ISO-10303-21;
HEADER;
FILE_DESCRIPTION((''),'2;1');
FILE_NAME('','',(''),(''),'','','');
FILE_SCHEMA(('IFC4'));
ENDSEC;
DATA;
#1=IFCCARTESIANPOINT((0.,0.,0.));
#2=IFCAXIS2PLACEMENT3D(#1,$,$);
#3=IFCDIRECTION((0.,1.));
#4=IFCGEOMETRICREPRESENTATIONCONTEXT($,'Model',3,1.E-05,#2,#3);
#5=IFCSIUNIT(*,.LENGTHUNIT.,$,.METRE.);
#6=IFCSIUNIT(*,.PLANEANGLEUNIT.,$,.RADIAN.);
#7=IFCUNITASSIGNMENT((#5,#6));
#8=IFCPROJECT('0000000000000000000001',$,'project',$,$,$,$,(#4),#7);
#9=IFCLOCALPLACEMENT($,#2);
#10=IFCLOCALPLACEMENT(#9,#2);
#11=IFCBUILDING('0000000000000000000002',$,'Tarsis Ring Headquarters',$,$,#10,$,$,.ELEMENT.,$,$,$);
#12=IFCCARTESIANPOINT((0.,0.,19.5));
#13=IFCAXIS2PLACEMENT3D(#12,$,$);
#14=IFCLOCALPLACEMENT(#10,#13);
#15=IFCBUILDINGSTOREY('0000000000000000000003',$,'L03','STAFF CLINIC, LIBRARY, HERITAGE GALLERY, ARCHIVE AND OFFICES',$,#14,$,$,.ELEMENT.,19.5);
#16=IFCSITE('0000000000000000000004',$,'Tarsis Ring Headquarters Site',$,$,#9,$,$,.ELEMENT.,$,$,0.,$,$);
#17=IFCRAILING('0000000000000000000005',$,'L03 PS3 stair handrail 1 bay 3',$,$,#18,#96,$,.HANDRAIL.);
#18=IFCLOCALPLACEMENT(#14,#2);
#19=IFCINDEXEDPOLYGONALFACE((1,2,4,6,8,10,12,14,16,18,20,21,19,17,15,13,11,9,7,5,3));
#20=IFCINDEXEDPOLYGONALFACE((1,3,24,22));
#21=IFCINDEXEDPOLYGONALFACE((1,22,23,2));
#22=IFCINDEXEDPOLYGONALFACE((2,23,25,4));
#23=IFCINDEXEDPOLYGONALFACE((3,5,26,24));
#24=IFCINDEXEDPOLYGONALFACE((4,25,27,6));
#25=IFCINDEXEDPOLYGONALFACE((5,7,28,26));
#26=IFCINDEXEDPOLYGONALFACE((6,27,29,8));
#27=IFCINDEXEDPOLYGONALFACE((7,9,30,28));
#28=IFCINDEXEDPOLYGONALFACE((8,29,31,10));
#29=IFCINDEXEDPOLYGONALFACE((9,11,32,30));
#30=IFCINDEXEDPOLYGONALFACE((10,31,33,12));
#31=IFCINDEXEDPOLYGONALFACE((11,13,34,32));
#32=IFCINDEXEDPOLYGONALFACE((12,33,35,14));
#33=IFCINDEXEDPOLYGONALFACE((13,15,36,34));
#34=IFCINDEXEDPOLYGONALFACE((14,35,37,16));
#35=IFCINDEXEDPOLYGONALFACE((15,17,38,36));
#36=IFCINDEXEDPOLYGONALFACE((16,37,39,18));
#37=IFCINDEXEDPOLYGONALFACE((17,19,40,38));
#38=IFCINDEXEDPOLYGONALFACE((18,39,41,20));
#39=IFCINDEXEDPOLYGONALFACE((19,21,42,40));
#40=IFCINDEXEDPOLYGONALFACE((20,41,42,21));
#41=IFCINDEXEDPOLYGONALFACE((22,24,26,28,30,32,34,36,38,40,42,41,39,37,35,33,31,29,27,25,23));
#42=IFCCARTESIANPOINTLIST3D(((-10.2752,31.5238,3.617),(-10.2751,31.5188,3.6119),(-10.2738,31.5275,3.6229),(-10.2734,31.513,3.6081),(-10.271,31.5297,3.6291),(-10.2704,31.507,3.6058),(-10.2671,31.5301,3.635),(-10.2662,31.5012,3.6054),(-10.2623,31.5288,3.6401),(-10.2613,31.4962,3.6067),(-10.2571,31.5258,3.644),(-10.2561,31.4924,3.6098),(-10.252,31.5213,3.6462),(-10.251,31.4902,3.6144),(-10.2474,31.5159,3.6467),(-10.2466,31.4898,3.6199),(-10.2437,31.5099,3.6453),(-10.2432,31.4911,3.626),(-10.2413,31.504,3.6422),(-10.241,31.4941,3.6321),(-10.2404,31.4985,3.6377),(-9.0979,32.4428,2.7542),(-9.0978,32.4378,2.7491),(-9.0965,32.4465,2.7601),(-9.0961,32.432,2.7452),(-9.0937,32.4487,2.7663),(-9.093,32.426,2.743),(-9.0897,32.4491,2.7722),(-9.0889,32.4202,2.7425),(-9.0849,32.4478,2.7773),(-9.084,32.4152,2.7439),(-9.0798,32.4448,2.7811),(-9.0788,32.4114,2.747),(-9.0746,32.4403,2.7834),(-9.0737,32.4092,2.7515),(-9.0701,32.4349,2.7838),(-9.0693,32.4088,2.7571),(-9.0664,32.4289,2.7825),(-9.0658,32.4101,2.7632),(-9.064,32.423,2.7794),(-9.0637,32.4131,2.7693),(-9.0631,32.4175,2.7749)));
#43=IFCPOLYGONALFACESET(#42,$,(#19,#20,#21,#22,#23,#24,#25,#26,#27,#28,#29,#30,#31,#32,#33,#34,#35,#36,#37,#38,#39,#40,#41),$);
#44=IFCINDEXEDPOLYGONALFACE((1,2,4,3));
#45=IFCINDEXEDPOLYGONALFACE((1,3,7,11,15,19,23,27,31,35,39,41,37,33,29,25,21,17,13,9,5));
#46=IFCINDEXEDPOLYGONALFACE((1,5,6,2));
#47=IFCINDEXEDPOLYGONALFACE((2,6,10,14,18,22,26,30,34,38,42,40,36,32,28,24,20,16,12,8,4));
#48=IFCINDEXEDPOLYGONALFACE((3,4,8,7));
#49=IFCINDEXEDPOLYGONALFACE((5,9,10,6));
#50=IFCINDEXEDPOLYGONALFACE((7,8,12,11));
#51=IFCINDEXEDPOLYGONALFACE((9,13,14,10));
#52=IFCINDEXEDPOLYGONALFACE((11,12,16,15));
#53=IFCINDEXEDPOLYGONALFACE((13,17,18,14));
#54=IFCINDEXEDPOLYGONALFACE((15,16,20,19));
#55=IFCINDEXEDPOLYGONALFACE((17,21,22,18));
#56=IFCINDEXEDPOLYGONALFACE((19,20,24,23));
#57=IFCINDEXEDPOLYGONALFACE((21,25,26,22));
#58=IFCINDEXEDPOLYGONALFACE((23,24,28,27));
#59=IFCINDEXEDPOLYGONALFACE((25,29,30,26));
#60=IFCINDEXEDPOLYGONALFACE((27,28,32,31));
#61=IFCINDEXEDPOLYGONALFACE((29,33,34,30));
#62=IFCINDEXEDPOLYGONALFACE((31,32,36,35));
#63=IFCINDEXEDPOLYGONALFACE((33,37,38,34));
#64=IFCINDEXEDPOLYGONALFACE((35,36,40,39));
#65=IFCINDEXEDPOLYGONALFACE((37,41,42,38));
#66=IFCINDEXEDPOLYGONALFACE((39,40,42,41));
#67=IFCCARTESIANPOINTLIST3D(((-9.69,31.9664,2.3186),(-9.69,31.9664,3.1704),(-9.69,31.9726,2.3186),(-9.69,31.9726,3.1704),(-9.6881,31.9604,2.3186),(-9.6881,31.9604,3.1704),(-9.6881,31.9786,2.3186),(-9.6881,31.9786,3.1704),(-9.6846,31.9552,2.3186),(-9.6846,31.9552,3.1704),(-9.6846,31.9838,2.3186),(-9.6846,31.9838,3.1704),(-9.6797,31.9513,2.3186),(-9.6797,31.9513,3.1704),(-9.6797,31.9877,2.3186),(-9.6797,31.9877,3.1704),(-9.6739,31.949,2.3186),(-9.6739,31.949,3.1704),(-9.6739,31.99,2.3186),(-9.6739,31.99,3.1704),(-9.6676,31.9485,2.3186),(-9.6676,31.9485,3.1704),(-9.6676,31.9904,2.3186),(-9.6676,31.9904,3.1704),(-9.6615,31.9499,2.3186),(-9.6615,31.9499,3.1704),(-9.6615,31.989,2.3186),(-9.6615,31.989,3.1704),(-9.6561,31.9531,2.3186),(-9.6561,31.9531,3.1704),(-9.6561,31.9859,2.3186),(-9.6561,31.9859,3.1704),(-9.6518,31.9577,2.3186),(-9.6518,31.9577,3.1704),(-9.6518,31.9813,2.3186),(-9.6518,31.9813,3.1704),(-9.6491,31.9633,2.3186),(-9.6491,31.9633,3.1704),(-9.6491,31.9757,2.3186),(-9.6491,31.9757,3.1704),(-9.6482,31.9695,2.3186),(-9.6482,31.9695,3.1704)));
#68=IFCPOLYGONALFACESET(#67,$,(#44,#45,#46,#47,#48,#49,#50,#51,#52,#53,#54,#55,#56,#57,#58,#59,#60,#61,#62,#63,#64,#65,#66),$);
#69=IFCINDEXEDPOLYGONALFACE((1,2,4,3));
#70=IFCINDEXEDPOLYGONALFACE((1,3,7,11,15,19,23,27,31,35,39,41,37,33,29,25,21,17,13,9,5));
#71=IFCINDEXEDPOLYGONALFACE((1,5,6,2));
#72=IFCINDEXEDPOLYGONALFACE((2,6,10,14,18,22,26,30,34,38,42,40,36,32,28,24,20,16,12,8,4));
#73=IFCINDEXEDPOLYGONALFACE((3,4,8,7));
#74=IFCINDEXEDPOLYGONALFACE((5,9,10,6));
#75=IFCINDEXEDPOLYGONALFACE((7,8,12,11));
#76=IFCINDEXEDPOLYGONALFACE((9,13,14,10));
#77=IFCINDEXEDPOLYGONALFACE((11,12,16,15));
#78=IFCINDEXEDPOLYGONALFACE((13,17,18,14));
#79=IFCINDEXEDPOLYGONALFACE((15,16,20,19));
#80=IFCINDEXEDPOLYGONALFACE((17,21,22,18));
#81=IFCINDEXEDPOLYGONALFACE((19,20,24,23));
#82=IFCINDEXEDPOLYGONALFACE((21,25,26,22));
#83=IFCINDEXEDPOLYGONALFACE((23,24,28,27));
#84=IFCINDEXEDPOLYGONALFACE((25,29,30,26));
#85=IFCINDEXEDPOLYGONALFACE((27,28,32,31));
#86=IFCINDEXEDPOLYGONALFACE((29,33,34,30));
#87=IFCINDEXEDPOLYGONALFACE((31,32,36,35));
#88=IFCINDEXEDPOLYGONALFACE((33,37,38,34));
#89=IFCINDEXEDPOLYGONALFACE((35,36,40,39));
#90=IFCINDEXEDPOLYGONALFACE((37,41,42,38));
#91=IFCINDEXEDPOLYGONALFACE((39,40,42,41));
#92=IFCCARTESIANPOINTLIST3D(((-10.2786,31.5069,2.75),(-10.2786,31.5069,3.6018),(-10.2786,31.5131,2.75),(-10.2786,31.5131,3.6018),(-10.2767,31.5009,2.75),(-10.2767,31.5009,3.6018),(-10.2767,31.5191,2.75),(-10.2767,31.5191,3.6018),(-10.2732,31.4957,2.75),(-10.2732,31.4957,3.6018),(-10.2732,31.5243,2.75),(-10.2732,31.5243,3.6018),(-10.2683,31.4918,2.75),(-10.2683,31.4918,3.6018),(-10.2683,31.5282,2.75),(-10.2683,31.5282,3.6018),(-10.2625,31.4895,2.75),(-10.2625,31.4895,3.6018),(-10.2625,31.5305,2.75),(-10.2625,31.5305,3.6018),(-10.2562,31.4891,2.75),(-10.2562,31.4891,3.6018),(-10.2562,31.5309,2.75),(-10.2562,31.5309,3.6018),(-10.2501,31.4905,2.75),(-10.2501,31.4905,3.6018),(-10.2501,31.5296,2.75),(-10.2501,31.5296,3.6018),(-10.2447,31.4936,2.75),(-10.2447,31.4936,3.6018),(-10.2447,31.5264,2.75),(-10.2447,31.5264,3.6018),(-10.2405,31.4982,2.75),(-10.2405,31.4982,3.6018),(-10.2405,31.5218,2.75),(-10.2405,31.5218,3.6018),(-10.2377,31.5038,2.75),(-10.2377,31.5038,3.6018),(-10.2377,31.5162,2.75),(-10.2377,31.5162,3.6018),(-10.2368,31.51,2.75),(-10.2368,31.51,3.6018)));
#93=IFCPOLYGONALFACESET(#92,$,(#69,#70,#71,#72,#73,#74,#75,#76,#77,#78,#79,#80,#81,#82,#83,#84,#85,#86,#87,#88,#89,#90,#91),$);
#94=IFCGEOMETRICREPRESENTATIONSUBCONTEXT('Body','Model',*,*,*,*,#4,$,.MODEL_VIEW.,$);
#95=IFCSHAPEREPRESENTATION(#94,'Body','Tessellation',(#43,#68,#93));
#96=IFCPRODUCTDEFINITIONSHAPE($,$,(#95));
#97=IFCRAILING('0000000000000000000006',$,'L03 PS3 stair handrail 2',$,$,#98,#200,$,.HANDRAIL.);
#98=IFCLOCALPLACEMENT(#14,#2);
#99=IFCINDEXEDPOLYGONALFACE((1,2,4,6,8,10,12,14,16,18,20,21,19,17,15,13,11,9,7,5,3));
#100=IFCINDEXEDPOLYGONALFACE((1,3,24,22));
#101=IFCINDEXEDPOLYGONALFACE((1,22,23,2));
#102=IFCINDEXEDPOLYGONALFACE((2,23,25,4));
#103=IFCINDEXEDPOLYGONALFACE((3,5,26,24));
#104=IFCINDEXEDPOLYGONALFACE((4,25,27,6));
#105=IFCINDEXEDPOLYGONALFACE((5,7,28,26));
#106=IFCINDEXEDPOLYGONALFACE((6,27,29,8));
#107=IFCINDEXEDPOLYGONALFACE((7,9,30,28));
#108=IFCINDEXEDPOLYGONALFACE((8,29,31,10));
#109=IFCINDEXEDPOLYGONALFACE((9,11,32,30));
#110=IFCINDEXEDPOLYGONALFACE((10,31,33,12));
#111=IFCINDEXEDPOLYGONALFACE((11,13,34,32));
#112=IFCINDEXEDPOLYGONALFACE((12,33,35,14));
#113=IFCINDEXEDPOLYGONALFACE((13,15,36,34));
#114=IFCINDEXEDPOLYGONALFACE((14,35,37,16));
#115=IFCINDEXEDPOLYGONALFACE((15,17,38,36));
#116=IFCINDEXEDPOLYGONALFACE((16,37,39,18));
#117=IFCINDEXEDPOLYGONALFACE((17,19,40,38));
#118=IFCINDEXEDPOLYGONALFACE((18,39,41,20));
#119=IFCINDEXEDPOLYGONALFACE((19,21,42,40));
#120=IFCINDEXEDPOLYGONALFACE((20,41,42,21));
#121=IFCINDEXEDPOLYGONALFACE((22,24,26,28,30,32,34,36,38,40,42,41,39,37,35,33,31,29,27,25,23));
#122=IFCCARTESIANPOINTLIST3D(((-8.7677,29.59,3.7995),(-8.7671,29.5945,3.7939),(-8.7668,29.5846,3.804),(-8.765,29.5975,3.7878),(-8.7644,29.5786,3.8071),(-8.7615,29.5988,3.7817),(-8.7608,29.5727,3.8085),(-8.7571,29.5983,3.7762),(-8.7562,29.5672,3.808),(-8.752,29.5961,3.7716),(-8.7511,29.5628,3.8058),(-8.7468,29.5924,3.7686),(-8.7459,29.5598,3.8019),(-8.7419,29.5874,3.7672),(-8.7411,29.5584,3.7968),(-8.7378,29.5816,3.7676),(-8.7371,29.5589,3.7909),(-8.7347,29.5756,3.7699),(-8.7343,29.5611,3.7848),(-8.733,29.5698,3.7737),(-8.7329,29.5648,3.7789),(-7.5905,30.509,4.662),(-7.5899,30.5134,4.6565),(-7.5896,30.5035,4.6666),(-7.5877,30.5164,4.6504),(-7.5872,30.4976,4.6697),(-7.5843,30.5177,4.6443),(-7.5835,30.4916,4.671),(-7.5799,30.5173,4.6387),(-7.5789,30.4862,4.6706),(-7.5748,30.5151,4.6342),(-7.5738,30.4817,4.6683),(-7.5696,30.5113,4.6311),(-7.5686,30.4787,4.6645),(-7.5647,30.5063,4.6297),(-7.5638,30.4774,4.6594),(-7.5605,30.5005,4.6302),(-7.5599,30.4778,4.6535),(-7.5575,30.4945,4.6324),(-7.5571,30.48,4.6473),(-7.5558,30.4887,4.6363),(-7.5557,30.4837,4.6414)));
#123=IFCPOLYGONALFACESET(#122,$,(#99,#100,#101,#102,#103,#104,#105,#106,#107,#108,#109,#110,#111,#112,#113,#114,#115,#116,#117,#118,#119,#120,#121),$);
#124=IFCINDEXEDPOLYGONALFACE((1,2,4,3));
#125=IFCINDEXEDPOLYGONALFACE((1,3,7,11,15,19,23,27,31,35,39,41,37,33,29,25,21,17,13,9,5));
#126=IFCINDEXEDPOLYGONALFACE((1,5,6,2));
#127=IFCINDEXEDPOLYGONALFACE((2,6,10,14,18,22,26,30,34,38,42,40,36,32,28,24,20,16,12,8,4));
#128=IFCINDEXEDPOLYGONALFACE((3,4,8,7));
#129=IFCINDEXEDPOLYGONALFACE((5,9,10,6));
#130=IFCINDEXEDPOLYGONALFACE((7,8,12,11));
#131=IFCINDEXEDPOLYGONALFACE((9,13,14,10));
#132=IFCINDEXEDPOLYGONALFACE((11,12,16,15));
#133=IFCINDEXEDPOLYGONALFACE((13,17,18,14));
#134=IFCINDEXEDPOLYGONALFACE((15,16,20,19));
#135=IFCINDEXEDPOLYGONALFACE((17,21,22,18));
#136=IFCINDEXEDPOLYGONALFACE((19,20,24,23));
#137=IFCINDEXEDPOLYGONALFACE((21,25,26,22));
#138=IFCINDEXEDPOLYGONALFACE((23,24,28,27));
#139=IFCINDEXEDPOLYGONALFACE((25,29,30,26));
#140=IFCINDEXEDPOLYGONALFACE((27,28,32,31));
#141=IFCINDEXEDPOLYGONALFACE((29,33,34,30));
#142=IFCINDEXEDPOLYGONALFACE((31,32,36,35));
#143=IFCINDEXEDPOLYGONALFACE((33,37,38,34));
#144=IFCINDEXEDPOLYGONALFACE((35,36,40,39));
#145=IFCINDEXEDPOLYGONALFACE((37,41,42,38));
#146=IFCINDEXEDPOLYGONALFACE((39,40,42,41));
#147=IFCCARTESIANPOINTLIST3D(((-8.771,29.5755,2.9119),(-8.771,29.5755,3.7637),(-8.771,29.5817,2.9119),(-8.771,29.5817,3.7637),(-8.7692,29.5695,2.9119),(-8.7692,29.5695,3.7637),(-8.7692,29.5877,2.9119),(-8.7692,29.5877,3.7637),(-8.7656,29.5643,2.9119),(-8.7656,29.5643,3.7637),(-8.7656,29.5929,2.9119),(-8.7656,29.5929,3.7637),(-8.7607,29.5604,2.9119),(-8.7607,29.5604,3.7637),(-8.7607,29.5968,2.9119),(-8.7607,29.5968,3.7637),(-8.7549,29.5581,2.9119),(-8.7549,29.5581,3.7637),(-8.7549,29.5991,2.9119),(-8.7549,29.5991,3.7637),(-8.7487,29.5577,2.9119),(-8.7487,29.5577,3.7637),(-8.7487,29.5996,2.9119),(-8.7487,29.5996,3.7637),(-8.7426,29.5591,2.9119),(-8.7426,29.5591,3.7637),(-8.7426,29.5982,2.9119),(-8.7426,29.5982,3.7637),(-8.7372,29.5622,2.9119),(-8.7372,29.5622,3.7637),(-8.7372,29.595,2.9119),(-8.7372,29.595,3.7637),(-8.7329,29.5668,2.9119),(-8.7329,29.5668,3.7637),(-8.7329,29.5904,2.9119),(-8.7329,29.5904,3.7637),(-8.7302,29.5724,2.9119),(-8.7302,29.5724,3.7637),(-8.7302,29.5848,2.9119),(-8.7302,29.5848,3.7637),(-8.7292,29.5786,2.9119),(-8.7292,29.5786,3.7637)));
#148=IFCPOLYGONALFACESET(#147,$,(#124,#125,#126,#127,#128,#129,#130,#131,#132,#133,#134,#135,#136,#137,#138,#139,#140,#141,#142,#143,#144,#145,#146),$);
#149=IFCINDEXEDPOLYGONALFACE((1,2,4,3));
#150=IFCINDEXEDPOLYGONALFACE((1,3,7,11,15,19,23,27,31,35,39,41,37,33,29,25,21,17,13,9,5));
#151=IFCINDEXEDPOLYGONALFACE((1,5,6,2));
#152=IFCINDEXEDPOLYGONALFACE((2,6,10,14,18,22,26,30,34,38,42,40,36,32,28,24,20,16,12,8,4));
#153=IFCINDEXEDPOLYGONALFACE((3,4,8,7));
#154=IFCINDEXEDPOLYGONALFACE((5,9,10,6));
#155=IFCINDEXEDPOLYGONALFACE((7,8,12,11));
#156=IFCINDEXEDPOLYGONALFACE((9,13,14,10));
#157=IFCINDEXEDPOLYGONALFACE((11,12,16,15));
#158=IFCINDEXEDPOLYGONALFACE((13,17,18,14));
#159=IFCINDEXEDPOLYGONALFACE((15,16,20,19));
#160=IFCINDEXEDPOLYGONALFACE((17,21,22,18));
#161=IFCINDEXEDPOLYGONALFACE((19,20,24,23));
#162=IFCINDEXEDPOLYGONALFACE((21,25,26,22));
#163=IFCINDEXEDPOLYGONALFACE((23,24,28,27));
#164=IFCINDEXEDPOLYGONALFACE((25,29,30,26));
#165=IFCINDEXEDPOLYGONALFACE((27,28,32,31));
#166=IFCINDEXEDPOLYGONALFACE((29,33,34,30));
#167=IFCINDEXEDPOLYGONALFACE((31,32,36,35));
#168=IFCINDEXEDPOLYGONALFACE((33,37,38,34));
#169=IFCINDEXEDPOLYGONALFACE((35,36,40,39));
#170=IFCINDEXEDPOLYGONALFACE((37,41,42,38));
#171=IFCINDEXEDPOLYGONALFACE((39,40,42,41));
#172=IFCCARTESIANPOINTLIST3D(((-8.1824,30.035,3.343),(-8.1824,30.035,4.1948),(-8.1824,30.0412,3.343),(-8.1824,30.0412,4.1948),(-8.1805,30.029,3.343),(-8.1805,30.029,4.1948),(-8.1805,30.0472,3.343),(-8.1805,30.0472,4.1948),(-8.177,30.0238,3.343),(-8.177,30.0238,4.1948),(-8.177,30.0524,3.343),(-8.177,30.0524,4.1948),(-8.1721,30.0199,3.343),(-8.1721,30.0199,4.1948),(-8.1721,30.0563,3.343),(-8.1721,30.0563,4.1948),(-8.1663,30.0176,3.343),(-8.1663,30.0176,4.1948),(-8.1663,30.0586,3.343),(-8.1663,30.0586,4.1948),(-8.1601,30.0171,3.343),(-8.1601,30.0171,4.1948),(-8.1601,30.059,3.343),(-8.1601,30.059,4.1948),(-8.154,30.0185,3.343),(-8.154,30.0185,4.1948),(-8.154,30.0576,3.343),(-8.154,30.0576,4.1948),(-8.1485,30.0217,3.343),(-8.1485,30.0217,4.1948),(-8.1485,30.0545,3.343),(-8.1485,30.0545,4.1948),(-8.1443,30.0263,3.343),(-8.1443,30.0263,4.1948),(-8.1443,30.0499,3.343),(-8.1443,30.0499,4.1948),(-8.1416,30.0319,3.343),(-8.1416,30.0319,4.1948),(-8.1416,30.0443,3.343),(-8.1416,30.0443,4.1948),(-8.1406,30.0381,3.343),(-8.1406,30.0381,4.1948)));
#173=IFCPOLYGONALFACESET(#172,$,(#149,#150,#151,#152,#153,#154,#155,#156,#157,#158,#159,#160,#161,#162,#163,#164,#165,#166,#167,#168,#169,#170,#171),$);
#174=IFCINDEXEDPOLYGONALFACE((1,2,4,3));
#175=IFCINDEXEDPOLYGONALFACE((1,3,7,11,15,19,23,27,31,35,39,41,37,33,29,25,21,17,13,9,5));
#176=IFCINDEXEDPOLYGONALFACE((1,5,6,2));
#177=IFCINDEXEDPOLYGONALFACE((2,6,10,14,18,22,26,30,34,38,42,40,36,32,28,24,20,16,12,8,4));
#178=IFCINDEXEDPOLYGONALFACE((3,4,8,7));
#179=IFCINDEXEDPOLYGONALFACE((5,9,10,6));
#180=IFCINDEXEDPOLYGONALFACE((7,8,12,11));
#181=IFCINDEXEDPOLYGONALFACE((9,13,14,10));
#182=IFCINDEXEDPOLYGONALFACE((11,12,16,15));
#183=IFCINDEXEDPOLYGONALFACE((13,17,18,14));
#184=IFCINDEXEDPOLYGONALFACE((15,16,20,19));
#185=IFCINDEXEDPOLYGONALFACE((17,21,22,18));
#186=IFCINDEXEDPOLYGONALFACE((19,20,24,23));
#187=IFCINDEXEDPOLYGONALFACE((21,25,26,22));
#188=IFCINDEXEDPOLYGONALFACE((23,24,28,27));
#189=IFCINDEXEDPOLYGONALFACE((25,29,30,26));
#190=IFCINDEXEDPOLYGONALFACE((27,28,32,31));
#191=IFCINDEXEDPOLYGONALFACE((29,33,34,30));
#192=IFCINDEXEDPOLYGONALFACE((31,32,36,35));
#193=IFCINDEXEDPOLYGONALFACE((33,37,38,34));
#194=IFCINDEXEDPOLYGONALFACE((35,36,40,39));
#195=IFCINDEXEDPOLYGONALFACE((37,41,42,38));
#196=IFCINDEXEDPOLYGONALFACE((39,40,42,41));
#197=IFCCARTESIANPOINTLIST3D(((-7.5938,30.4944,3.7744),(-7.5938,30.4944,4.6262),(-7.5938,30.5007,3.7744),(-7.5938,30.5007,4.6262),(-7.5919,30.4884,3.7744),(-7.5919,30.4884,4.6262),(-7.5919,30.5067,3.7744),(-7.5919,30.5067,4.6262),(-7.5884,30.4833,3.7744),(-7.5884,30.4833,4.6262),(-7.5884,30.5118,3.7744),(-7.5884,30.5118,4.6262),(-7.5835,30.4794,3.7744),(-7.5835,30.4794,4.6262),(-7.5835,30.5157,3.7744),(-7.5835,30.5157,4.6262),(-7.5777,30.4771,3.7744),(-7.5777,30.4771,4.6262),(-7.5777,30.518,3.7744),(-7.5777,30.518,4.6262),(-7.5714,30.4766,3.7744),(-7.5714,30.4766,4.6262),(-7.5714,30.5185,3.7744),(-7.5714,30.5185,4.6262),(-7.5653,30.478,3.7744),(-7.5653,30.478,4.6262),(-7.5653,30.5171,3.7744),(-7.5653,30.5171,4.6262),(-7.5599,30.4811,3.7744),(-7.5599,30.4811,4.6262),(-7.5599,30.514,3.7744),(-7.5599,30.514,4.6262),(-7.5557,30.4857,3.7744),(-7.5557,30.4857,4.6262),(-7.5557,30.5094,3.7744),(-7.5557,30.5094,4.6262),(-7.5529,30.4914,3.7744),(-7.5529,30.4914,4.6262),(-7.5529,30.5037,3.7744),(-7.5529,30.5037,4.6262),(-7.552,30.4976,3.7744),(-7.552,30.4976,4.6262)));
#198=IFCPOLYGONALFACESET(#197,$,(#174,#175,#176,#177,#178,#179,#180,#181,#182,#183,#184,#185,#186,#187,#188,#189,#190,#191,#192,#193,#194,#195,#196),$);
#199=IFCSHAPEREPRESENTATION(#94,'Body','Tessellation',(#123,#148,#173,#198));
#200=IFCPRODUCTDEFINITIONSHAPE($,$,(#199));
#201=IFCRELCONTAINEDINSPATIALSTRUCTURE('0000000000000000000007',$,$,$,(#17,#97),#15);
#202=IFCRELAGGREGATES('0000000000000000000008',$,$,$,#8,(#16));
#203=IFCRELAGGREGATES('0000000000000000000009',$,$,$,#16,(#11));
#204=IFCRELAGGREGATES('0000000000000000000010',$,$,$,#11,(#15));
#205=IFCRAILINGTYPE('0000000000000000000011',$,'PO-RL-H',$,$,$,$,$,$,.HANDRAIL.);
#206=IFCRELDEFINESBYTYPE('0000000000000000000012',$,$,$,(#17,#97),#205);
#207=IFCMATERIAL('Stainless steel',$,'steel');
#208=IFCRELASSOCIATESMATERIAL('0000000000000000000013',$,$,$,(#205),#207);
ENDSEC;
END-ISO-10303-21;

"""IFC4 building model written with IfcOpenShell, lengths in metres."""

from ifc_helpers import new_model, si_unit, direction, frame, origin, origin_2d, place, context, subcontext, project, spatial, circle, extrude, material, type_object, element, save


model = new_model("IFC4")

# Units and contexts
model_context = context("Model", 3, precision=1e-05, world=origin(), true_north=direction((0.0, 1.0)))
body_context = subcontext(model_context, "Body", "Model", "MODEL_VIEW")
ifc_project = project(units=[si_unit("LENGTHUNIT", "METRE"), si_unit("PLANEANGLEUNIT", "RADIAN")], contexts=[model_context])

# Site, building, storey
site_placement = place(None, origin())
site = spatial("IfcSite", under=ifc_project, at=site_placement, Name="Tarsis Ring Headquarters Site", CompositionType="ELEMENT", RefElevation=0.0)
building_placement = place(site_placement, origin())
building = spatial("IfcBuilding", under=site, at=building_placement, Name="Tarsis Ring Headquarters", CompositionType="ELEMENT")
storey_placement = place(building_placement, frame((0.0, 0.0, 19.5)))
storey = spatial("IfcBuildingStorey", under=building, at=storey_placement, Name="L03", Description="STAFF CLINIC, LIBRARY, HERITAGE GALLERY, ARCHIVE AND OFFICES", CompositionType="ELEMENT", Elevation=19.5)

# Railings
ifc_material_1 = material(Name="Stainless steel", Category="steel")
railing_type_1 = type_object("IfcRailingType", Name="PO-RL-H", PredefinedType="HANDRAIL", material=ifc_material_1)
railing_1_placement = place(storey_placement, frame((-9.0806, 32.429, 1.8872)))
element("IfcRailing", 1, at=railing_1_placement, inside=storey, type_object=railing_type_1, Name="L03 PS3 stair handrail 1 bay 3", PredefinedType="HANDRAIL", context=body_context, shape_type="SweptSolid", body=[
    extrude(circle(Radius=0.0239, at=origin_2d()), frame((0.0, 0.0, 0.876), z_axis=(-0.682558, -0.532798, 0.500241), x_axis=(0.61532, -0.788277, 0.0)), (0.0, 0.0, 1.0), 1.7249),
    extrude(circle(Radius=0.021, at=origin_2d()), frame((-0.5886, -0.4595, 0.4314)), (0.0, 0.0, 1.0), 0.8518),
    extrude(circle(Radius=0.021, at=origin_2d()), frame((-1.1772, -0.9189, 0.8628)), (0.0, 0.0, 1.0), 0.8518),
])
railing_2_placement = place(storey_placement, frame((-8.7502, 29.5786, 2.9119)))
element("IfcRailing", 2, at=railing_2_placement, inside=storey, type_object=railing_type_1, Name="L03 PS3 stair handrail 2", PredefinedType="HANDRAIL", context=body_context, shape_type="SweptSolid", body=[
    extrude(circle(Radius=0.0239, at=origin_2d()), frame((0.0, 0.0, 0.876), z_axis=(0.682607, 0.532835, 0.500135), x_axis=(-0.61532, 0.788277, 0.0)), (0.0, 0.0, 1.0), 1.7246),
    extrude(circle(Radius=0.021, at=origin_2d()), origin(), (0.0, 0.0, 1.0), 0.8518),
    extrude(circle(Radius=0.021, at=origin_2d()), frame((0.5886, 0.4595, 0.4312)), (0.0, 0.0, 1.0), 0.8518),
    extrude(circle(Radius=0.021, at=origin_2d()), frame((1.1772, 0.9189, 0.8625)), (0.0, 0.0, 1.0), 0.8518),
])

save(model, "model.ifc")
